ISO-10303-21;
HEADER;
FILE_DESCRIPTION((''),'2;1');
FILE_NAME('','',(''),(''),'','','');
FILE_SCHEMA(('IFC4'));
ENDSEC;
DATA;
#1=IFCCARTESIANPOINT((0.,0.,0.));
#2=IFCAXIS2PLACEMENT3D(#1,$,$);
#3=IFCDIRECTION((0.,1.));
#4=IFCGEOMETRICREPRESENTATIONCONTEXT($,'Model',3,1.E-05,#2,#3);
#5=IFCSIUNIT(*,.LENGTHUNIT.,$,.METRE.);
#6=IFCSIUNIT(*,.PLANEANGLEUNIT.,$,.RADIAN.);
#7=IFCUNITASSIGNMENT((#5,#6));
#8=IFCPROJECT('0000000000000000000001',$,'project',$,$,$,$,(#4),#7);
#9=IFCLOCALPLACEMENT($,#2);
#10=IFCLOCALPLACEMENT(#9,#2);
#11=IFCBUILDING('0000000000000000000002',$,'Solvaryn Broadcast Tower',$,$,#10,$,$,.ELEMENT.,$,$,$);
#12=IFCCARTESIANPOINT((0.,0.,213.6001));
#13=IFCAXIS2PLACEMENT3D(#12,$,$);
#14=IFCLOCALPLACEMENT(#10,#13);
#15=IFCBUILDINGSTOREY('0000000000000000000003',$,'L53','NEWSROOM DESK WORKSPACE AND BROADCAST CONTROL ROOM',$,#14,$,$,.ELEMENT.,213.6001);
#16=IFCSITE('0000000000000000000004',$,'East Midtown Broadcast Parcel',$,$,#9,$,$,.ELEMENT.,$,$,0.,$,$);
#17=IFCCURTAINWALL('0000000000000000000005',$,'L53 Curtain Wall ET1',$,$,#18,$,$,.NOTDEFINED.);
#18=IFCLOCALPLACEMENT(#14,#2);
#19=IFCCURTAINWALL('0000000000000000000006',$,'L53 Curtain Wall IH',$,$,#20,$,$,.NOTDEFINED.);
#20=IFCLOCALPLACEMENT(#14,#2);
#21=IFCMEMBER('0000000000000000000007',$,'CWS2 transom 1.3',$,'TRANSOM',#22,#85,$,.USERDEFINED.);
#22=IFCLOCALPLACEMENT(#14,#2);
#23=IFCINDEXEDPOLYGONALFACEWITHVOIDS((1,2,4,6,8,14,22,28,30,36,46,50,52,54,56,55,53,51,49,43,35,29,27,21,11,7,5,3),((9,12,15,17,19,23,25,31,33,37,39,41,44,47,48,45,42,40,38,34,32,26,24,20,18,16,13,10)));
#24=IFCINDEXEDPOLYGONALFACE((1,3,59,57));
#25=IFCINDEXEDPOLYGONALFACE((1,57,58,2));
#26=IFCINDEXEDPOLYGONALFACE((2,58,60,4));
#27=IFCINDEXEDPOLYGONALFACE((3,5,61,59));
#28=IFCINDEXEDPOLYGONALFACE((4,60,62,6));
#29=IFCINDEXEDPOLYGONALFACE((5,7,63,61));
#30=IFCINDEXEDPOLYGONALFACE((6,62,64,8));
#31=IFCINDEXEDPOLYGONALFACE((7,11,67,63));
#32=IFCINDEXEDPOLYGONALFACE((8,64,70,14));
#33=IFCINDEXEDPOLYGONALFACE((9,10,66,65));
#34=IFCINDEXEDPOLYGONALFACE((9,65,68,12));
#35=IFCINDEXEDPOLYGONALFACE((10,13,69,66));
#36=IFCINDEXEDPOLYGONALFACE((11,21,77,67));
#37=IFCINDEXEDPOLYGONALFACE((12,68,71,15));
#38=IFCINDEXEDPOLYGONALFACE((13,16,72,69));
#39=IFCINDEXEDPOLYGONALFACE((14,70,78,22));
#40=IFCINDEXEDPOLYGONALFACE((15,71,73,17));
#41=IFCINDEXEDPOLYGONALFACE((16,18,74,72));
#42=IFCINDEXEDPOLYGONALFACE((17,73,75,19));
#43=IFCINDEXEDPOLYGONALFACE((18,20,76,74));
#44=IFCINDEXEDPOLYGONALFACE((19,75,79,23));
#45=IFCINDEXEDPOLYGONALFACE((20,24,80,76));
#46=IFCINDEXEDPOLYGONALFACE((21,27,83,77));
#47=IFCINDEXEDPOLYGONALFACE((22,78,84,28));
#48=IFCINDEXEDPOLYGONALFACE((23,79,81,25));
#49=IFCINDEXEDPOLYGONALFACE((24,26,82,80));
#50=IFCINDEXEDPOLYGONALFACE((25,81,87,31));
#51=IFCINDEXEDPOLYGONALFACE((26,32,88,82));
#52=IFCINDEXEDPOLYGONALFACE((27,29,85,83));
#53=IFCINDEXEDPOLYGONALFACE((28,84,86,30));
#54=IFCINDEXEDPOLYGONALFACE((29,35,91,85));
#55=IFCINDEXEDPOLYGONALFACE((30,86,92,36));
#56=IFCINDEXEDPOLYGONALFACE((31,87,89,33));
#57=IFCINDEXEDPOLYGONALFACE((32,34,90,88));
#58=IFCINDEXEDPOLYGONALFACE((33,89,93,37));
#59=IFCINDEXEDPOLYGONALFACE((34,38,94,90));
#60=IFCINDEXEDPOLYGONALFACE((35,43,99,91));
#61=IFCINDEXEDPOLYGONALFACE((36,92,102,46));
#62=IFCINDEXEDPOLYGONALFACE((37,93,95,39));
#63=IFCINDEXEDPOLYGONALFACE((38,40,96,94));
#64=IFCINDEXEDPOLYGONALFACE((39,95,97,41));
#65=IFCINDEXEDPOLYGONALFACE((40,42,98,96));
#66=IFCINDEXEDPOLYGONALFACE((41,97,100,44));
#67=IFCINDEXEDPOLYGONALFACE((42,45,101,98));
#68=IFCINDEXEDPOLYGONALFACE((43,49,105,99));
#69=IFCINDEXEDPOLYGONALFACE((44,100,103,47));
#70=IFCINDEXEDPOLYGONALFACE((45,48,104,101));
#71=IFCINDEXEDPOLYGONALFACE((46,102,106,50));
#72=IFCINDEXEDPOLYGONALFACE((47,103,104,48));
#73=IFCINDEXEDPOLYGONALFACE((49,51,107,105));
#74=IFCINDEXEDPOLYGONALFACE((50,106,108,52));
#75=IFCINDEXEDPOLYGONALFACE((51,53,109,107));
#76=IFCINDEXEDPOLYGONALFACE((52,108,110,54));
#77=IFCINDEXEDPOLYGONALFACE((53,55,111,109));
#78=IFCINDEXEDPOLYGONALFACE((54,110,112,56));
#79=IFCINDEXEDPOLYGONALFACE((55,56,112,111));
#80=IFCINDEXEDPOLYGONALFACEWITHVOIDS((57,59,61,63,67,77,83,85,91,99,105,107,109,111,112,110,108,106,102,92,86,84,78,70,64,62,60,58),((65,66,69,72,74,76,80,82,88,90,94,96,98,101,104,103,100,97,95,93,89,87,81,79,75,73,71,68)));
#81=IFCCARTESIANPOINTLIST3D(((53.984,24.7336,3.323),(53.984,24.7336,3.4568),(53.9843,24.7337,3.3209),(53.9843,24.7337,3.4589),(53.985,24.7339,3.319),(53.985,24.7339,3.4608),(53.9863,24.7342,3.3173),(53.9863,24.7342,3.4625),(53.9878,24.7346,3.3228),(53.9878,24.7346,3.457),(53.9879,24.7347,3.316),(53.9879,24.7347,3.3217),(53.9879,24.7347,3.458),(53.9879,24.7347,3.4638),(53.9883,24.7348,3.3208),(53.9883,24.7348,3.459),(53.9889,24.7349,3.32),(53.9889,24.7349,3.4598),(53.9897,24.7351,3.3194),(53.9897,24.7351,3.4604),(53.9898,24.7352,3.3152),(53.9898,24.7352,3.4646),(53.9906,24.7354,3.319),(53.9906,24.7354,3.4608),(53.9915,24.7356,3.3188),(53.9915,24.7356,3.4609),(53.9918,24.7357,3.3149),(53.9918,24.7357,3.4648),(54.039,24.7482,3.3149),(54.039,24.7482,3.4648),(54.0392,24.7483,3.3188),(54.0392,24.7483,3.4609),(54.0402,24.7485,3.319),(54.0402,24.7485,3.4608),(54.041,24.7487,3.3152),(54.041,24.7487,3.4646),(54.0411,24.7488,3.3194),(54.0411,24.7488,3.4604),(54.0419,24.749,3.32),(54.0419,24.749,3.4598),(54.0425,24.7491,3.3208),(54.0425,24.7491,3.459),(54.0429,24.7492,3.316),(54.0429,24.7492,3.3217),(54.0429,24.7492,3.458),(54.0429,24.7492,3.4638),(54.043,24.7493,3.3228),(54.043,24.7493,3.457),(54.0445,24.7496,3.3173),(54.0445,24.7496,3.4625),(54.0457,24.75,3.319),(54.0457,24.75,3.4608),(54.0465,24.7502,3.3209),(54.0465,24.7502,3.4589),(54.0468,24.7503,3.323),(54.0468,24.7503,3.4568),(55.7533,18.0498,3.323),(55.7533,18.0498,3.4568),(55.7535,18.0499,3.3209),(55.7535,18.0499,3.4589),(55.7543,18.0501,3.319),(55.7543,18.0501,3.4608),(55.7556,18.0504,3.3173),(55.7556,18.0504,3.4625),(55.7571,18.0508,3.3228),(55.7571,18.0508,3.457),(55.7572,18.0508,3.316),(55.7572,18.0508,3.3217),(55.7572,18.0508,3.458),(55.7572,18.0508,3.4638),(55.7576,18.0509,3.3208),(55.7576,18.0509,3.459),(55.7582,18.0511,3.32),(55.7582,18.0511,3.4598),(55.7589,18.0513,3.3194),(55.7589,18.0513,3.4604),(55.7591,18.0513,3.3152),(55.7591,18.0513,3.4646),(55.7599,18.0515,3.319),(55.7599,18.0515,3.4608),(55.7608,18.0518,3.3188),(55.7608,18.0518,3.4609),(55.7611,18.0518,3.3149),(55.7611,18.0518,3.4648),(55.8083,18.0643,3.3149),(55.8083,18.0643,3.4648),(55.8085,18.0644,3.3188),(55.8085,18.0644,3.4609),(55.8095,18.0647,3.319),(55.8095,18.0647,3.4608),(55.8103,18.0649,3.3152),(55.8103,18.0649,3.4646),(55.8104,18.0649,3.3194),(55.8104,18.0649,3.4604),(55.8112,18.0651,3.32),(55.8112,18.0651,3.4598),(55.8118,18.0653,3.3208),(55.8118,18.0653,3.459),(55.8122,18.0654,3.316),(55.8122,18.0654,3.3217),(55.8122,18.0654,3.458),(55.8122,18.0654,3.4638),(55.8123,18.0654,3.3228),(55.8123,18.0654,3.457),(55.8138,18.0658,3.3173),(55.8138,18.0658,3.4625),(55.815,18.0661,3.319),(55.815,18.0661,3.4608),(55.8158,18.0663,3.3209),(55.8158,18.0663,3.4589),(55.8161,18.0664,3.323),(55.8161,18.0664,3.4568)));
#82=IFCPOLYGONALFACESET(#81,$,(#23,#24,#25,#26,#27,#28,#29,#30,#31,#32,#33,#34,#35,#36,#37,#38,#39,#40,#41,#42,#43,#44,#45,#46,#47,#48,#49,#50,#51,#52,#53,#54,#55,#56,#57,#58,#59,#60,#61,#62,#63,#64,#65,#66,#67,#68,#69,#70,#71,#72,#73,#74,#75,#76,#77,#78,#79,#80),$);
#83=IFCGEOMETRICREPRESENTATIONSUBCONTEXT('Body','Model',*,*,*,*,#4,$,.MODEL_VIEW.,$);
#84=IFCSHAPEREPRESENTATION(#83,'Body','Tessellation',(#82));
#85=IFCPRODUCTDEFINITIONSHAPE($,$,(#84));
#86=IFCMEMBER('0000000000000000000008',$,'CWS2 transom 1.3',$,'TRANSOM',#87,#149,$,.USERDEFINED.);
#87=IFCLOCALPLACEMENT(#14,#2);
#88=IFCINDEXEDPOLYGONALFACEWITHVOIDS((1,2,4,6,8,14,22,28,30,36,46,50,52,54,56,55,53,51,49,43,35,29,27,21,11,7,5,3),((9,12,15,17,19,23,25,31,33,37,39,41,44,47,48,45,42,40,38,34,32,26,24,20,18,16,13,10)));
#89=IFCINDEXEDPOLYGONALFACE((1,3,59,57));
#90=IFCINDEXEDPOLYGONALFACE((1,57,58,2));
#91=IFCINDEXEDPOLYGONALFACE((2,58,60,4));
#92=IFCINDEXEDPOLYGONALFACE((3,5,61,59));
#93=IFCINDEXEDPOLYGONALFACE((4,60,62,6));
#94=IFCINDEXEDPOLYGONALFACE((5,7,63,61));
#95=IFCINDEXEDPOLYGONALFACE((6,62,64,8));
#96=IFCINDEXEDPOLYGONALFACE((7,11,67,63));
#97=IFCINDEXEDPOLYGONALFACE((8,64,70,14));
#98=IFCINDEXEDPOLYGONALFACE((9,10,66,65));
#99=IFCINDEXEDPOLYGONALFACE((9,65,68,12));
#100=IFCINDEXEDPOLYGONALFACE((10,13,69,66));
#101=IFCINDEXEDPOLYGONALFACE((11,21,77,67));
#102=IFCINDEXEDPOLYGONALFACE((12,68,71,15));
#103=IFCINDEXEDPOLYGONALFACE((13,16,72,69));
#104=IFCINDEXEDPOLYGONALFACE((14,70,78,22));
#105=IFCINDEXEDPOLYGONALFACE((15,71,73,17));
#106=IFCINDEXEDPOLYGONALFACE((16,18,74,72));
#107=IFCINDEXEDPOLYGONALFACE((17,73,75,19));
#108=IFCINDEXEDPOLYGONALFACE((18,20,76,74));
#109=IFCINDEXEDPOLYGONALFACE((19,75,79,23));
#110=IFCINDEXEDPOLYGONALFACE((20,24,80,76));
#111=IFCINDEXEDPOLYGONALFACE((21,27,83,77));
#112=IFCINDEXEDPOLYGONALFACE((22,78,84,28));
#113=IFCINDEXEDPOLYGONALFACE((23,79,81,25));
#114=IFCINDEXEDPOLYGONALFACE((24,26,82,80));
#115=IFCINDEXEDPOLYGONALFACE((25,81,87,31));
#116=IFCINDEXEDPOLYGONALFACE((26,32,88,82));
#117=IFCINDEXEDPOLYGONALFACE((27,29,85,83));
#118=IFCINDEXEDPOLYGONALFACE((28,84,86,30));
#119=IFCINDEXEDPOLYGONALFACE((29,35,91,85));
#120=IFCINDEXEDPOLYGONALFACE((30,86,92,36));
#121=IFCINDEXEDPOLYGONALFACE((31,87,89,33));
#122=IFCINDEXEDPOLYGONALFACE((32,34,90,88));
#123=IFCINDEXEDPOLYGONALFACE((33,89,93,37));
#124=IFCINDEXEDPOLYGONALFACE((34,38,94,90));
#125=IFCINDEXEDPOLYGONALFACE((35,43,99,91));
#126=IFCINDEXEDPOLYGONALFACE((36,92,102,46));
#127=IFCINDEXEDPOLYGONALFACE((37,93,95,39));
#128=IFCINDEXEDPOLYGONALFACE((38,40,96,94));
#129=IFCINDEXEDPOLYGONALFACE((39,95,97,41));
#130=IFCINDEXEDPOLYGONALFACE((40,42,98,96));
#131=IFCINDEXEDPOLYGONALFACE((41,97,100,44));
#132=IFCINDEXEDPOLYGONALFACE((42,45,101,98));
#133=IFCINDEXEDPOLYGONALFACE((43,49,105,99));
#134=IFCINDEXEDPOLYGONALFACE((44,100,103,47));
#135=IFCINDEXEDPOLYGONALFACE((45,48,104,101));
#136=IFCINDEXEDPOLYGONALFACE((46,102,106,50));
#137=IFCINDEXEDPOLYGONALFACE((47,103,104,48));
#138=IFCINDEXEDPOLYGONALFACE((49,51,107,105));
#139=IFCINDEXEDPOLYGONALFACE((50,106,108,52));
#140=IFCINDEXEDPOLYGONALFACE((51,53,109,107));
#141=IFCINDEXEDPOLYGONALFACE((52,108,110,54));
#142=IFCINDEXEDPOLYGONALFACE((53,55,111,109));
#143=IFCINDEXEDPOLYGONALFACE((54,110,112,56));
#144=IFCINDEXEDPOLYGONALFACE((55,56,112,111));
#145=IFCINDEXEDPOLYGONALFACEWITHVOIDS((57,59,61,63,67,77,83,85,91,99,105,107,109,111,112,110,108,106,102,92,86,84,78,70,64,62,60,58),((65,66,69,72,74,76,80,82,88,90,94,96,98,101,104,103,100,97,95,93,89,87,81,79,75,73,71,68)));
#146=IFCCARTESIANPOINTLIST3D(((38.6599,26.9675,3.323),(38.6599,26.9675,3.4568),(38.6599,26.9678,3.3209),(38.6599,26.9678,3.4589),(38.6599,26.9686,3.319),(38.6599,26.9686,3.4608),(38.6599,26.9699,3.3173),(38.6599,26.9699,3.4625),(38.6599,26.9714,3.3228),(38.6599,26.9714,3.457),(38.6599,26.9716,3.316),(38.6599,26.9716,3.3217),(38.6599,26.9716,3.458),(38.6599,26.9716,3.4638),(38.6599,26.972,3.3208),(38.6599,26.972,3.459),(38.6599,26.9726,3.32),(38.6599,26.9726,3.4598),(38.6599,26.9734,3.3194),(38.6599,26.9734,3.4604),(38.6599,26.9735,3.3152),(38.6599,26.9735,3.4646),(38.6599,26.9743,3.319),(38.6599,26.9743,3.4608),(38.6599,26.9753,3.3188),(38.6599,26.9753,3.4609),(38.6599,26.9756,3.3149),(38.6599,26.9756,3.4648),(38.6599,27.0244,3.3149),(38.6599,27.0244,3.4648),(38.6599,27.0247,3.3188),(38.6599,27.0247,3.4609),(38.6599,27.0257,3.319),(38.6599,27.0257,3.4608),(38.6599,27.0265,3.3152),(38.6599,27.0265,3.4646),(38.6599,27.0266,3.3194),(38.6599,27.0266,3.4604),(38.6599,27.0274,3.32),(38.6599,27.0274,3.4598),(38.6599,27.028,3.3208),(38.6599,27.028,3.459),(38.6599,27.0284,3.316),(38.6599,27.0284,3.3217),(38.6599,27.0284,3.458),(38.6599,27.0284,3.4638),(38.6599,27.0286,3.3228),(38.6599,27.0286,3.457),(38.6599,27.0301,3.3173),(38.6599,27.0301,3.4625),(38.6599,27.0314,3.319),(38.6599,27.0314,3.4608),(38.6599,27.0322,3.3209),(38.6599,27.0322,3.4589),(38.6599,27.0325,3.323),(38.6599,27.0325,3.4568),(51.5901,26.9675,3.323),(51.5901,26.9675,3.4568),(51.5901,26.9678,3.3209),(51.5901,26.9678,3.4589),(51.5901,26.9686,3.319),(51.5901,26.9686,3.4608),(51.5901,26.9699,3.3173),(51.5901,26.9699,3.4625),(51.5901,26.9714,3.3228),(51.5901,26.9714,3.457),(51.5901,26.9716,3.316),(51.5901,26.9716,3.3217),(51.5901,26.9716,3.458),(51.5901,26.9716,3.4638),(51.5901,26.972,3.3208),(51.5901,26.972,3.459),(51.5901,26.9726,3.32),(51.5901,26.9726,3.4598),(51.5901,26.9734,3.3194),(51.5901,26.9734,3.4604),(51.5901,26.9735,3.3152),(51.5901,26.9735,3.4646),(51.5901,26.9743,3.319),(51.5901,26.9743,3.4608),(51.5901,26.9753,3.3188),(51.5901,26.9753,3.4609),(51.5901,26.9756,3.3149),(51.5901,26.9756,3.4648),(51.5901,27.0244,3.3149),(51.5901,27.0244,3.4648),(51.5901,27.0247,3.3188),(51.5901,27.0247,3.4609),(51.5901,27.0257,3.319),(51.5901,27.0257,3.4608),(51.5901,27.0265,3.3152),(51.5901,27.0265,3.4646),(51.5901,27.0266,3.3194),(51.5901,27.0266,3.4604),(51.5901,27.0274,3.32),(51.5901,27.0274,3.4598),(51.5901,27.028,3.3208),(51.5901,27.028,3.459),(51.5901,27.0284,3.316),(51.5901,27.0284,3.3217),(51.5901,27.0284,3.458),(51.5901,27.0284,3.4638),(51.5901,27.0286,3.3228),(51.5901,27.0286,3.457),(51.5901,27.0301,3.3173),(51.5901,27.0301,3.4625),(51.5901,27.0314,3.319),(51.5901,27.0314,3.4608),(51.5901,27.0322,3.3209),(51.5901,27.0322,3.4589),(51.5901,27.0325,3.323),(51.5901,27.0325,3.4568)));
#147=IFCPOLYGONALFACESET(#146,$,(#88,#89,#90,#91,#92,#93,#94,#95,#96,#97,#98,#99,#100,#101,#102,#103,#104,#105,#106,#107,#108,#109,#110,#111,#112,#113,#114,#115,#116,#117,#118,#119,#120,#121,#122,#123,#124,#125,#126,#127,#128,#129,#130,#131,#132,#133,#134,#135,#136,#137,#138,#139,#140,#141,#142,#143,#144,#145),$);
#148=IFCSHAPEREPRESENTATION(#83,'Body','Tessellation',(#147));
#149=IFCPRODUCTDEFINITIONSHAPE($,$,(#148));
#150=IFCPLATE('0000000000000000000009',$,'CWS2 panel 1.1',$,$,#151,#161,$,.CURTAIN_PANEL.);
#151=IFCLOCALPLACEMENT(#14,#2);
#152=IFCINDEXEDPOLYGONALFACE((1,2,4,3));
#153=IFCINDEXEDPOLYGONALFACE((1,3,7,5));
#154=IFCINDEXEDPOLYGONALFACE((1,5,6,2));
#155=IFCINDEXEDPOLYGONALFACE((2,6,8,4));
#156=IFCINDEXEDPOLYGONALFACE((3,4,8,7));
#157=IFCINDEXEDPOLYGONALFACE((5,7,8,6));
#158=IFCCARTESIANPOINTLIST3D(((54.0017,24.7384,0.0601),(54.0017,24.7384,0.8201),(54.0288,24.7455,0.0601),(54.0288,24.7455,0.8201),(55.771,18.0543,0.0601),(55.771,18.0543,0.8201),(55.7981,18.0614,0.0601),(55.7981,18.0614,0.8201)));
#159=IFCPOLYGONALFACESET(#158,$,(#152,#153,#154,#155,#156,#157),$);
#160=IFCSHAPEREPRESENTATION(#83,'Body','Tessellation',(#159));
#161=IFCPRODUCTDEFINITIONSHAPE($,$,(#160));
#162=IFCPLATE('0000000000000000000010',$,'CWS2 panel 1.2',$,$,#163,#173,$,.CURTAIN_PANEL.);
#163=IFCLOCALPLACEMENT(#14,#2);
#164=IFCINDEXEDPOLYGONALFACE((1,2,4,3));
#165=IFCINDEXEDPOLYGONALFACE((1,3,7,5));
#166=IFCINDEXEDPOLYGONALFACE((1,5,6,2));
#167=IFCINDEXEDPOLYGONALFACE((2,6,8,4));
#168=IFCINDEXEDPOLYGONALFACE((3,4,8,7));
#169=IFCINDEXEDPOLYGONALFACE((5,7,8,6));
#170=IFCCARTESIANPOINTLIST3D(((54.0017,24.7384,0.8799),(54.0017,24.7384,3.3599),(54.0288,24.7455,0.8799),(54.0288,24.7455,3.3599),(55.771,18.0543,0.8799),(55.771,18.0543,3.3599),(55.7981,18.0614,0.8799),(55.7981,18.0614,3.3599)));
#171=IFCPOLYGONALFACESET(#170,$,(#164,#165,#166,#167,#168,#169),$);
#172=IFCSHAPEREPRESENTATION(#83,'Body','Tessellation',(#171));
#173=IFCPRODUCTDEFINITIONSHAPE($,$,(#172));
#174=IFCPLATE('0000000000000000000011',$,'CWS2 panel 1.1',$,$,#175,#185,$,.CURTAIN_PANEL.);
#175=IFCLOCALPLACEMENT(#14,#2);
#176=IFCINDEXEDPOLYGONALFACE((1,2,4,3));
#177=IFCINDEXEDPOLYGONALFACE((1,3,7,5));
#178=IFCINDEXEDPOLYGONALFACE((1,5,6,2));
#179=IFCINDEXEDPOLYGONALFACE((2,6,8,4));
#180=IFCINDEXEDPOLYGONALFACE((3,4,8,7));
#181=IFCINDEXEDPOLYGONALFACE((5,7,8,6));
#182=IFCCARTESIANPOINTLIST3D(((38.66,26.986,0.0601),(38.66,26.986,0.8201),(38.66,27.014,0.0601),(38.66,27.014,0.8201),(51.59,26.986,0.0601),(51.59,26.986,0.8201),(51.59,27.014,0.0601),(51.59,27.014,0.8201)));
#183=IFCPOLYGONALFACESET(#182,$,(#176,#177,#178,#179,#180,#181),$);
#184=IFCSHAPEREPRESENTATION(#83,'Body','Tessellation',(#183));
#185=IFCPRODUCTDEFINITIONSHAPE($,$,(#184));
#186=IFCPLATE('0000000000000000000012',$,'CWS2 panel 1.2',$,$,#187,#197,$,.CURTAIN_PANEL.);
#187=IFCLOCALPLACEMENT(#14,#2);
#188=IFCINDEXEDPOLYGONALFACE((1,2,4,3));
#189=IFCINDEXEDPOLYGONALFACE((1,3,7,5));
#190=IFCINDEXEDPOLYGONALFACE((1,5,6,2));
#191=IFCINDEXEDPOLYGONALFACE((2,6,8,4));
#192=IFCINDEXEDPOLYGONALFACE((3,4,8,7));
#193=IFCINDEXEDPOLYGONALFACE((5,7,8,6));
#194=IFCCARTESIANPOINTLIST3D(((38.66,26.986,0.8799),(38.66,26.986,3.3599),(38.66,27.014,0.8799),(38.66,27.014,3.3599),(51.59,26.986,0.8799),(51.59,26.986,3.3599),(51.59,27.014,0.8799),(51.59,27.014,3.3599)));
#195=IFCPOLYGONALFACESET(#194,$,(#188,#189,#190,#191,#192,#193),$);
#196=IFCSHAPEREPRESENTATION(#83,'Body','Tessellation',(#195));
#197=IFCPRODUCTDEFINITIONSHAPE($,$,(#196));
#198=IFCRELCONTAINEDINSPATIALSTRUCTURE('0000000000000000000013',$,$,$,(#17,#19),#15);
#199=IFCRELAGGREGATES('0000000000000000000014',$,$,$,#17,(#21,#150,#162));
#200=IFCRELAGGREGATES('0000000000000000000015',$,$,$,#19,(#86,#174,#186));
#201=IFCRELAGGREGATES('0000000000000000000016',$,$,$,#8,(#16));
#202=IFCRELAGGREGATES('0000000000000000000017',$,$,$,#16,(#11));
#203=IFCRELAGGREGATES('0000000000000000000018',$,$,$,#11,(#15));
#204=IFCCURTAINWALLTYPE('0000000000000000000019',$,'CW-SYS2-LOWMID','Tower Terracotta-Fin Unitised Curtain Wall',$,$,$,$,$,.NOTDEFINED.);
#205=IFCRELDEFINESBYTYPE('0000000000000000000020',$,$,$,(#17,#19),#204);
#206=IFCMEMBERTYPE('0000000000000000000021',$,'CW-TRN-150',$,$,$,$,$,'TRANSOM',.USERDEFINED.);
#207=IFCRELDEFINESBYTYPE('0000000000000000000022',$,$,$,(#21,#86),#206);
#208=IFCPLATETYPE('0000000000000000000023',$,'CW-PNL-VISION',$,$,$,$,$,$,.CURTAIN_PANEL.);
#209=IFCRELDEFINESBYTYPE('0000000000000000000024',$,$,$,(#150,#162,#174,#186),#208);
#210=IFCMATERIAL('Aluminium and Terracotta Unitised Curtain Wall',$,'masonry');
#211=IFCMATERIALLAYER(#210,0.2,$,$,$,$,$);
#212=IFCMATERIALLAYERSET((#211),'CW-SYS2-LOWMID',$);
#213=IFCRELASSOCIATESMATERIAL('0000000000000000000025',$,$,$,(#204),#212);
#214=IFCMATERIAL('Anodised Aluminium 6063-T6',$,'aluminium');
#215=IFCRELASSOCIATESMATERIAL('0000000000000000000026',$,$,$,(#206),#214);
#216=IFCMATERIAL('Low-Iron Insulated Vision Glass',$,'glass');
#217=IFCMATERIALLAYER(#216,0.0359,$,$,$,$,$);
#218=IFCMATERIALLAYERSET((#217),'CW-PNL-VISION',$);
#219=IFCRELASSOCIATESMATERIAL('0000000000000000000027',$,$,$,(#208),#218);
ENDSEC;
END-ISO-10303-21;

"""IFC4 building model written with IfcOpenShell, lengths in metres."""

from ifc_helpers import new_model, si_unit, direction, frame, origin, origin_2d, place, context, subcontext, project, spatial, rectangle, hollow_rectangle, extrude, material, layer, layer_set, material_profile, profile_set, type_object, element, aggregate, save


model = new_model("IFC4")

# Units and contexts
model_context = context("Model", 3, precision=1e-05, world=origin(), true_north=direction((0.0, 1.0)))
body_context = subcontext(model_context, "Body", "Model", "MODEL_VIEW")
ifc_project = project(units=[si_unit("LENGTHUNIT", "METRE"), si_unit("PLANEANGLEUNIT", "RADIAN")], contexts=[model_context])

# Site, building, storey
site_placement = place(None, origin())
site = spatial("IfcSite", under=ifc_project, at=site_placement, Name="East Midtown Broadcast Parcel", CompositionType="ELEMENT", RefElevation=0.0)
building_placement = place(site_placement, origin())
building = spatial("IfcBuilding", under=site, at=building_placement, Name="Solvaryn Broadcast Tower", CompositionType="ELEMENT")
storey_placement = place(building_placement, frame((0.0, 0.0, 213.6001)))
storey = spatial("IfcBuildingStorey", under=building, at=storey_placement, Name="L53", Description="NEWSROOM DESK WORKSPACE AND BROADCAST CONTROL ROOM", CompositionType="ELEMENT", Elevation=213.6001)

# Curtain walls
ifc_material_1 = material(Name="Aluminium and Terracotta Unitised Curtain Wall", Category="masonry")
ifc_layer_1 = layer(ifc_material_1, 0.2)
ifc_layer_set_1 = layer_set([ifc_layer_1], Name="CW-SYS2-LOWMID")
curtain_wall_type = type_object("IfcCurtainWallType", Name="CW-SYS2-LOWMID", Description="Tower Terracotta-Fin Unitised Curtain Wall", PredefinedType="NOTDEFINED", material=ifc_layer_set_1)
curtain_wall_1_placement = place(storey_placement, origin())
curtain_wall_1 = element("IfcCurtainWall", 1, at=curtain_wall_1_placement, inside=storey, type_object=curtain_wall_type, Name="L53 Curtain Wall ET1", PredefinedType="NOTDEFINED")
curtain_wall_2_placement = place(storey_placement, origin())
curtain_wall_2 = element("IfcCurtainWall", 2, at=curtain_wall_2_placement, inside=storey, type_object=curtain_wall_type, Name="L53 Curtain Wall IH", PredefinedType="NOTDEFINED")

# Members
ifc_material_2 = material(Name="Anodised Aluminium 6063-T6", Category="aluminium")
ifc_material_profile_1 = material_profile(ifc_material_2, hollow_rectangle(XDim=0.0649, YDim=0.1499, WallThickness=0.0039, InnerFilletRadius=0.0039, OuterFilletRadius=0.0081, at=origin_2d()))
ifc_profile_set_1 = profile_set([ifc_material_profile_1], Name="Anodised Aluminium 6063-T6")
member_type_1 = type_object("IfcMemberType", Name="CW-TRN-150", ElementType="TRANSOM", PredefinedType="USERDEFINED", material=ifc_profile_set_1)
member_1_placement = place(storey_placement, frame((54.0154, 24.7419, 3.3899), z_axis=(0.255897, -0.966704, 0.0), x_axis=(0.966704, 0.255897, 0.0)))
member_1 = element("IfcMember", 3, at=member_1_placement, type_object=member_type_1, Name="CWS2 transom 1.3", ObjectType="TRANSOM", PredefinedType="USERDEFINED", context=body_context, shape_type="SweptSolid", body=[
    extrude(hollow_rectangle(XDim=0.0649, YDim=0.1499, WallThickness=0.0039, InnerFilletRadius=0.0039, OuterFilletRadius=0.0081, at=origin_2d()), origin(), (0.0, 0.0, 1.0), 6.9141),
])
member_2_placement = place(storey_placement, frame((38.6599, 27.0, 3.3899), z_axis=(1.0, 0.0, 0.0), x_axis=(0.0, 1.0, 0.0)))
member_2 = element("IfcMember", 4, at=member_2_placement, type_object=member_type_1, Name="CWS2 transom 1.3", ObjectType="TRANSOM", PredefinedType="USERDEFINED", context=body_context, shape_type="SweptSolid", body=[
    extrude(hollow_rectangle(XDim=0.0649, YDim=0.1499, WallThickness=0.0039, InnerFilletRadius=0.0039, OuterFilletRadius=0.0081, at=origin_2d()), origin(), (0.0, 0.0, 1.0), 12.9302),
])

# Plates
ifc_material_3 = material(Name="Low-Iron Insulated Vision Glass", Category="glass")
ifc_layer_2 = layer(ifc_material_3, 0.0359)
ifc_layer_set_2 = layer_set([ifc_layer_2], Name="CW-PNL-VISION")
plate_type = type_object("IfcPlateType", Name="CW-PNL-VISION", PredefinedType="CURTAIN_PANEL", material=ifc_layer_set_2)
plate_1_placement = place(storey_placement, frame((54.8999, 21.3999, 0.0601), z_axis=(0.0, 0.0, 1.0), x_axis=(0.255893, -0.966705, 0.0)))
plate_1 = element("IfcPlate", 5, at=plate_1_placement, type_object=plate_type, Name="CWS2 panel 1.1", PredefinedType="CURTAIN_PANEL", context=body_context, shape_type="SweptSolid", body=[
    extrude(rectangle(XDim=6.9143, YDim=0.0281, at=origin_2d()), origin(), (0.0, 0.0, 1.0), 0.76),
])
plate_2_placement = place(storey_placement, frame((54.8999, 21.3999, 0.8799), z_axis=(0.0, 0.0, 1.0), x_axis=(0.255893, -0.966705, 0.0)))
plate_2 = element("IfcPlate", 6, at=plate_2_placement, type_object=plate_type, Name="CWS2 panel 1.2", PredefinedType="CURTAIN_PANEL", context=body_context, shape_type="SweptSolid", body=[
    extrude(rectangle(XDim=6.9143, YDim=0.0281, at=origin_2d()), origin(), (0.0, 0.0, 1.0), 2.48),
])
aggregate(curtain_wall_1, [member_1, plate_1, plate_2])
plate_3_placement = place(storey_placement, frame((45.125, 27.0, 0.0601), z_axis=(0.0, 0.0, 1.0), x_axis=(1.0, 0.0, 0.0)))
plate_3 = element("IfcPlate", 7, at=plate_3_placement, type_object=plate_type, Name="CWS2 panel 1.1", PredefinedType="CURTAIN_PANEL", context=body_context, shape_type="SweptSolid", body=[
    extrude(rectangle(XDim=12.9299, YDim=0.0281, at=origin_2d()), origin(), (0.0, 0.0, 1.0), 0.76),
])
plate_4_placement = place(storey_placement, frame((45.125, 27.0, 0.8799), z_axis=(0.0, 0.0, 1.0), x_axis=(1.0, 0.0, 0.0)))
plate_4 = element("IfcPlate", 8, at=plate_4_placement, type_object=plate_type, Name="CWS2 panel 1.2", PredefinedType="CURTAIN_PANEL", context=body_context, shape_type="SweptSolid", body=[
    extrude(rectangle(XDim=12.9299, YDim=0.0281, at=origin_2d()), origin(), (0.0, 0.0, 1.0), 2.48),
])
aggregate(curtain_wall_2, [member_2, plate_3, plate_4])

save(model, "model.ifc")
